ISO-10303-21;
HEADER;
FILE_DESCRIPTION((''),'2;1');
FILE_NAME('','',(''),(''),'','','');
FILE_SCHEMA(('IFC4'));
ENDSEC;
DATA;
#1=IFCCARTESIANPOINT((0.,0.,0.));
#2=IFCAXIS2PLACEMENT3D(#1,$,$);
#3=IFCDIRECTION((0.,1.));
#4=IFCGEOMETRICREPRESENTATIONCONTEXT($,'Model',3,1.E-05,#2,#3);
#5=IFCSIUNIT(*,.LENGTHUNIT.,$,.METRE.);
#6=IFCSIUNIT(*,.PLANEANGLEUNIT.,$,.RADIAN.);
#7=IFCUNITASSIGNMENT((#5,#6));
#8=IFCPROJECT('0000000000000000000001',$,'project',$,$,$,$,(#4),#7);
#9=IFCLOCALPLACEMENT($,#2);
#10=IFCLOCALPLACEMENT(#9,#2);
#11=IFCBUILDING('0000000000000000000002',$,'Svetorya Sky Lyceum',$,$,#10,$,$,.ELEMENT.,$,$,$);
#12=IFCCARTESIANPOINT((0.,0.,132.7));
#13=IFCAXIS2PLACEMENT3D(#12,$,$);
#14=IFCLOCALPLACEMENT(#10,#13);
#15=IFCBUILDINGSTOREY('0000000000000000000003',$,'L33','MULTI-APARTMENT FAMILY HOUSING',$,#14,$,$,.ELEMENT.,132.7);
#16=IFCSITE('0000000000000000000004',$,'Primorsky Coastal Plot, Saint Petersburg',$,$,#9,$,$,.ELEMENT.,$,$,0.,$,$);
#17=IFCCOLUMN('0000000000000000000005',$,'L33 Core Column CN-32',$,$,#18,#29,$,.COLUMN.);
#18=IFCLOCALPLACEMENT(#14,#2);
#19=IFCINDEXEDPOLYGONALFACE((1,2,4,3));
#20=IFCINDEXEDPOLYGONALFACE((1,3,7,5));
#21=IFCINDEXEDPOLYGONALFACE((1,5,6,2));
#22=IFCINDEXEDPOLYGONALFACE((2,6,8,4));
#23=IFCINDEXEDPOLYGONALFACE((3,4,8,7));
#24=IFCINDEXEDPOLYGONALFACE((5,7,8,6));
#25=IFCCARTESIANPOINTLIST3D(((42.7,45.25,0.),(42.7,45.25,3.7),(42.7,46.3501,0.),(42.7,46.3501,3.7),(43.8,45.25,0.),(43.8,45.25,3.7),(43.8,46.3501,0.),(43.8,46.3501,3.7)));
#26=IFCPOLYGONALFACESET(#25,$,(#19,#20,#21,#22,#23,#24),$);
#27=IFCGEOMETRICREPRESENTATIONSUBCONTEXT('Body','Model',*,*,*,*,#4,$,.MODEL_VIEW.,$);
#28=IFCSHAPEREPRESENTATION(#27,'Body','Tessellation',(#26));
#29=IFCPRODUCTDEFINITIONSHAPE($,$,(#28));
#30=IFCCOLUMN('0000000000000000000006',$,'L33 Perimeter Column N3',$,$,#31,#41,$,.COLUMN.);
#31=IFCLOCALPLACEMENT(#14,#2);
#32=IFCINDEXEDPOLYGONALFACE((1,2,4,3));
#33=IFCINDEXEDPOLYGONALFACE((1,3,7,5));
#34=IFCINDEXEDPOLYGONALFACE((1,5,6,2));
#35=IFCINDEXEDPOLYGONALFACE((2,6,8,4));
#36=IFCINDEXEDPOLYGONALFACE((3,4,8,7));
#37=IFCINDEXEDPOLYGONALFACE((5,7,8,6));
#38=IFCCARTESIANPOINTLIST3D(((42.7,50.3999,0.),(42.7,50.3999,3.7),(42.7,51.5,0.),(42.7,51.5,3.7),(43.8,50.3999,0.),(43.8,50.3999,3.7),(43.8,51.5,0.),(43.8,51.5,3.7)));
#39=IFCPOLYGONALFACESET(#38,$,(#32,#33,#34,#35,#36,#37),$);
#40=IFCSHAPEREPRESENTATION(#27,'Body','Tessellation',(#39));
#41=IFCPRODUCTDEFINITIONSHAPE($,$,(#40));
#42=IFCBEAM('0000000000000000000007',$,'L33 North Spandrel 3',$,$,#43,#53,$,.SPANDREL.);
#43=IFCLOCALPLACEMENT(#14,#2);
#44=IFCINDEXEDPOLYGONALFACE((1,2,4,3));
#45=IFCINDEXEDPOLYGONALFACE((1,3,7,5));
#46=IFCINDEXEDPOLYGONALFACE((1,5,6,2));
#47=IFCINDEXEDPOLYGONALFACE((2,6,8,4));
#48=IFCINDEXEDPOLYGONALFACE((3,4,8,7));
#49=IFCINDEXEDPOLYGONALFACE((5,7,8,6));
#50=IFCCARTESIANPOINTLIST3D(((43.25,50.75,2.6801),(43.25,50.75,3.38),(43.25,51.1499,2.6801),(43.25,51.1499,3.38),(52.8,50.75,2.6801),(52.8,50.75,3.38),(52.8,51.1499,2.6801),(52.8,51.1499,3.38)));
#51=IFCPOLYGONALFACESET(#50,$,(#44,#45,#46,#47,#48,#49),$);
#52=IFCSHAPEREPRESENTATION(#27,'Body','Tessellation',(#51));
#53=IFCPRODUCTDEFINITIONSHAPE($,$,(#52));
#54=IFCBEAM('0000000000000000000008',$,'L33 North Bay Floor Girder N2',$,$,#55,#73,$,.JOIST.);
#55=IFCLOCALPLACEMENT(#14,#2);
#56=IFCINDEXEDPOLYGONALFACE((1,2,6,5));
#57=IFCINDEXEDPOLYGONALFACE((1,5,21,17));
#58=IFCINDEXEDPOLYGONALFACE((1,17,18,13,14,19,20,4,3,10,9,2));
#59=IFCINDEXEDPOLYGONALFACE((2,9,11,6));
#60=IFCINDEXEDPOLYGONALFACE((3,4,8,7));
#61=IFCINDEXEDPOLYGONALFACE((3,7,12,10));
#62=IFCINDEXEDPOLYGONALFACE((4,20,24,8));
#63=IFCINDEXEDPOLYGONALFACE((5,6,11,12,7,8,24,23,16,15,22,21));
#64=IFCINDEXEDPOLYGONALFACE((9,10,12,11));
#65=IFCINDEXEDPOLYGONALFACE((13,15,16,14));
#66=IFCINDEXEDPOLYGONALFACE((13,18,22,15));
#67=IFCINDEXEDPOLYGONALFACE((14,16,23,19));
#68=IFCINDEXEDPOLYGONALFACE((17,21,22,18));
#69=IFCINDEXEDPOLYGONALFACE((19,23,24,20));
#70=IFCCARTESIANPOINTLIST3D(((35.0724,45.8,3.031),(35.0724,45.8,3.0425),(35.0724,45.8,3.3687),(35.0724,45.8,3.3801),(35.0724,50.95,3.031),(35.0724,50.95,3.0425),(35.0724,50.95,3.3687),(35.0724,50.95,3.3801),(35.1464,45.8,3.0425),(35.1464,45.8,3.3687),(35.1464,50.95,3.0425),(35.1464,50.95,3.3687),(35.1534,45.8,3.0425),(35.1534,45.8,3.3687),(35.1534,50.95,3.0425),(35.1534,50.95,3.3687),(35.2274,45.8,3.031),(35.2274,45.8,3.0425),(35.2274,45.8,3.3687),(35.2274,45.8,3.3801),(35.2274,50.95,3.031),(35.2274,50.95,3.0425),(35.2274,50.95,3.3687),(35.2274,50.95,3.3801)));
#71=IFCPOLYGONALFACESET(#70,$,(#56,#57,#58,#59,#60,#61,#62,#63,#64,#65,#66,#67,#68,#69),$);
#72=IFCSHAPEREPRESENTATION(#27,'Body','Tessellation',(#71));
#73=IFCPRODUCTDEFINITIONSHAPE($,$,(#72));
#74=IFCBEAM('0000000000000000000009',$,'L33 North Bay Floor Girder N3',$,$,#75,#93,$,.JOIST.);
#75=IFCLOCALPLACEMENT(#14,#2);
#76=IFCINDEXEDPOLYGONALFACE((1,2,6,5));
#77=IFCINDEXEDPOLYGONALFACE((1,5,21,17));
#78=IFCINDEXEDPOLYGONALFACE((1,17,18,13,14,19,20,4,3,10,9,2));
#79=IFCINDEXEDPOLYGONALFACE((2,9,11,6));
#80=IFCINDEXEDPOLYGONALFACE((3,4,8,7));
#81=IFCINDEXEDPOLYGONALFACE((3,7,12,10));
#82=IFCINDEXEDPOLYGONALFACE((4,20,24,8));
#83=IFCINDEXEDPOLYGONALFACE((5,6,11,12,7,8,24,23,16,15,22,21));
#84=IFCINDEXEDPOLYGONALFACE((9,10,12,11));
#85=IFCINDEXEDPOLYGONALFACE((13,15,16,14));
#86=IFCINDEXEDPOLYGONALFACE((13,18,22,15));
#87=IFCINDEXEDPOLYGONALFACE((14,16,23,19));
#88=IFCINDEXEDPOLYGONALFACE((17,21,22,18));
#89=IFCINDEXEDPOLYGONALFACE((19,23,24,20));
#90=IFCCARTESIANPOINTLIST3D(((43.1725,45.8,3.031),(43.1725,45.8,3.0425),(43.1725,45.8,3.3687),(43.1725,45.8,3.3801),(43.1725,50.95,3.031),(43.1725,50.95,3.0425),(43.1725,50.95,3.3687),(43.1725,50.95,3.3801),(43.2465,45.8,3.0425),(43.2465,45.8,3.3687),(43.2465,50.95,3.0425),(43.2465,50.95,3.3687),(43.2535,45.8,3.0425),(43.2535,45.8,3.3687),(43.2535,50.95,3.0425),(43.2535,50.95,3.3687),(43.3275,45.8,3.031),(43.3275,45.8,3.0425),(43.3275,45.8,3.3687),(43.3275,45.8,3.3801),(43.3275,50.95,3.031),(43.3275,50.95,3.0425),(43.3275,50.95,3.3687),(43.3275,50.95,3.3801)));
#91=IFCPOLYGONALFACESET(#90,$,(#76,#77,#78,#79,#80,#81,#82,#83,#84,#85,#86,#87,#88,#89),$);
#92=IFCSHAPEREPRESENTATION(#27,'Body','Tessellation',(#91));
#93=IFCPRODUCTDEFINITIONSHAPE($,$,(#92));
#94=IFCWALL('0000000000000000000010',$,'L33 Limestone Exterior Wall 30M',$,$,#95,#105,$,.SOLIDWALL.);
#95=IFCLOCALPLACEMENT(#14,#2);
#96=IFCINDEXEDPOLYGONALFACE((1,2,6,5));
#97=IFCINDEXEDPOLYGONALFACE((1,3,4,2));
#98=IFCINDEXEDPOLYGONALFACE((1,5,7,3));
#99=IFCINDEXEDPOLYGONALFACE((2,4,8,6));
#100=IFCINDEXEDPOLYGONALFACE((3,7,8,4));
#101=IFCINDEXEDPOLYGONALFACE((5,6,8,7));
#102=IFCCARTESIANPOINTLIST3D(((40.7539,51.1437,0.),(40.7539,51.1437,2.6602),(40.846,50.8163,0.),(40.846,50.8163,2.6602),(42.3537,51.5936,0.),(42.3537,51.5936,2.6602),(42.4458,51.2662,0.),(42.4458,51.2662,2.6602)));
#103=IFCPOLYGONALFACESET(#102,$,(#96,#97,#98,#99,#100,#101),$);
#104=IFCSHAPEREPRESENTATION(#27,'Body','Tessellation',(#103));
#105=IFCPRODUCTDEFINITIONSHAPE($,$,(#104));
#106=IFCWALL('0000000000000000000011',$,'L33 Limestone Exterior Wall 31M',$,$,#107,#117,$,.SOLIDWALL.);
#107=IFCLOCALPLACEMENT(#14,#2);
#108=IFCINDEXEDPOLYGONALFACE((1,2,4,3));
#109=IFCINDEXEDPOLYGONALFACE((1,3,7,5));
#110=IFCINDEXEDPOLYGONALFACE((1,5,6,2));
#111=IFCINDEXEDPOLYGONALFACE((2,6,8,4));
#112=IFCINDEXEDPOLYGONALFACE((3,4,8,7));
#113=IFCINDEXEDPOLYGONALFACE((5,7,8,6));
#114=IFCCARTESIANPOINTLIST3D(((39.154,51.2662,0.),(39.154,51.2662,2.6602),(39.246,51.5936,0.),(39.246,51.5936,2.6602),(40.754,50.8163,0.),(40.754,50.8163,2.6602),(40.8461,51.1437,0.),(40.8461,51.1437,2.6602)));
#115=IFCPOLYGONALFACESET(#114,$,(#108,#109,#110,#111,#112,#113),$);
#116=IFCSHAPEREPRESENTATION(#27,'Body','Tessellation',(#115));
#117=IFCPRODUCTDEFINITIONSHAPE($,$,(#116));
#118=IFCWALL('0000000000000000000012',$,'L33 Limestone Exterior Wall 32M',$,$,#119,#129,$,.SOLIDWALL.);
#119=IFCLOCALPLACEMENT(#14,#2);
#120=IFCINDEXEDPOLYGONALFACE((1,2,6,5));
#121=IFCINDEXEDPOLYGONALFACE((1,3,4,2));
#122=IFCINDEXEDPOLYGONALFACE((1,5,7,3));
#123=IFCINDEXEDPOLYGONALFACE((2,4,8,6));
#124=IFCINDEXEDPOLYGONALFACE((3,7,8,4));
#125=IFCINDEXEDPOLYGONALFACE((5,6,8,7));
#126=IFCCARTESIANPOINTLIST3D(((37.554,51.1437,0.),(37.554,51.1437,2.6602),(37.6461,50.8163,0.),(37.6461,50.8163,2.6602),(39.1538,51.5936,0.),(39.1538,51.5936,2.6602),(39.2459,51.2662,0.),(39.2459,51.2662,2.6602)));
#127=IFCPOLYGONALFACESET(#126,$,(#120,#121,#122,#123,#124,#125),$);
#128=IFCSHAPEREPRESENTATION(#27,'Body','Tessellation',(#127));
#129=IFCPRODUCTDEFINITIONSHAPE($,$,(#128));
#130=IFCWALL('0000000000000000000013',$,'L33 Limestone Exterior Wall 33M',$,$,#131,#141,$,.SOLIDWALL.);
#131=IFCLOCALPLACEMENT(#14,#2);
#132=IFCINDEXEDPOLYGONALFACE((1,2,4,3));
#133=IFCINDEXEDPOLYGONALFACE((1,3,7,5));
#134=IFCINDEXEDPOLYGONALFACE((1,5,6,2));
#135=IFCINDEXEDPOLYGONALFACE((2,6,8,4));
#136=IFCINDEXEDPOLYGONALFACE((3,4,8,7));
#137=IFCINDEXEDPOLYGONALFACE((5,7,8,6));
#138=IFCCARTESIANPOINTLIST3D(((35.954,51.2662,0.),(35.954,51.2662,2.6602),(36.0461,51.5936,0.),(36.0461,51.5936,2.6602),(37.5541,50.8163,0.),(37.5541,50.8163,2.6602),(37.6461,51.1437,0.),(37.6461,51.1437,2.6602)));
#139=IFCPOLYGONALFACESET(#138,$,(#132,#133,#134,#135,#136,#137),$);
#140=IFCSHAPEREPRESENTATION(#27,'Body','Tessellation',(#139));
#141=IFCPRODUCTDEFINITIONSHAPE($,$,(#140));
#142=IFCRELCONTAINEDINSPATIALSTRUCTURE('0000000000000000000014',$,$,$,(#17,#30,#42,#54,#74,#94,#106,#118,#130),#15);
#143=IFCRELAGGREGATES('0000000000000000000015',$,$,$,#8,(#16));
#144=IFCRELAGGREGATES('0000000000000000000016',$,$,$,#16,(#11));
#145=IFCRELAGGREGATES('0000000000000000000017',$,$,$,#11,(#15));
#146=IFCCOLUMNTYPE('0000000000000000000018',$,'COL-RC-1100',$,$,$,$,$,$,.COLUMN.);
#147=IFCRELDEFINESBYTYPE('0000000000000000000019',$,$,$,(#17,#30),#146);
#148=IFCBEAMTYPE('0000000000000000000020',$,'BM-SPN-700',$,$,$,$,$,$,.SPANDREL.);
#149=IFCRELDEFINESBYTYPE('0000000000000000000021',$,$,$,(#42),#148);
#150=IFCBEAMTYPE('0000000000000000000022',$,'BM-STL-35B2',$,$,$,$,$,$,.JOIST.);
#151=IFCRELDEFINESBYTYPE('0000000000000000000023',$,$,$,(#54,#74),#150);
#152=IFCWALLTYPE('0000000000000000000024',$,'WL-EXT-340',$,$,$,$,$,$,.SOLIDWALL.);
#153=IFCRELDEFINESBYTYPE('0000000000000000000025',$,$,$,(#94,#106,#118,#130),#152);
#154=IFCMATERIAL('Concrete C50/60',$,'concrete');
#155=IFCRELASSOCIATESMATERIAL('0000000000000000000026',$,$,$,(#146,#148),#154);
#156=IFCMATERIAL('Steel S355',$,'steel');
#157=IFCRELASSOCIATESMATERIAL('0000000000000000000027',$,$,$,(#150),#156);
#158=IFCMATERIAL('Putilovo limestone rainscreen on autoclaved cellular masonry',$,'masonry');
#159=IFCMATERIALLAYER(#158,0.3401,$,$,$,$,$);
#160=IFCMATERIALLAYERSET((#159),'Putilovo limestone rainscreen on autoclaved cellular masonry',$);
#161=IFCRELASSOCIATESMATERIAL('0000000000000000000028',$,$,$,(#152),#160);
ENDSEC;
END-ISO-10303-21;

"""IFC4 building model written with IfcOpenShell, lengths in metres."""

from ifc_helpers import new_model, si_unit, direction, frame, frame_2d, origin, origin_2d, place, context, subcontext, project, spatial, rectangle, i_section, extrude, material, layer, layer_set, material_profile, profile_set, type_object, element, save


model = new_model("IFC4")

# Units and contexts
model_context = context("Model", 3, precision=1e-05, world=origin(), true_north=direction((0.0, 1.0)))
body_context = subcontext(model_context, "Body", "Model", "MODEL_VIEW")
ifc_project = project(units=[si_unit("LENGTHUNIT", "METRE"), si_unit("PLANEANGLEUNIT", "RADIAN")], contexts=[model_context])

# Site, building, storey
site_placement = place(None, origin())
site = spatial("IfcSite", under=ifc_project, at=site_placement, Name="Primorsky Coastal Plot, Saint Petersburg", CompositionType="ELEMENT", RefElevation=0.0)
building_placement = place(site_placement, origin())
building = spatial("IfcBuilding", under=site, at=building_placement, Name="Svetorya Sky Lyceum", CompositionType="ELEMENT")
storey_placement = place(building_placement, frame((0.0, 0.0, 132.7)))
storey = spatial("IfcBuildingStorey", under=building, at=storey_placement, Name="L33", Description="MULTI-APARTMENT FAMILY HOUSING", CompositionType="ELEMENT", Elevation=132.7)

# Columns
ifc_material_1 = material(Name="Concrete C50/60", Category="concrete")
ifc_material_profile_1 = material_profile(ifc_material_1, rectangle(XDim=1.1001, YDim=1.1001, at=origin_2d()), Name="RC COL 1100x1100")
ifc_profile_set_1 = profile_set([ifc_material_profile_1], Name="Concrete C50/60")
column_type = type_object("IfcColumnType", Name="COL-RC-1100", PredefinedType="COLUMN", material=ifc_profile_set_1)
for number, where, z_axis, x_axis, name in (
    (1, (43.25, 45.8, 0.0), (0.0, 0.0, 1.0), (1.0, 0.0, 0.0), "L33 Core Column CN-32"),
    (2, (43.25, 50.95, 0.0), (0.0, 0.0, 1.0), (1.0, 0.0, 0.0), "L33 Perimeter Column N3"),
):
    element("IfcColumn", number, at=place(storey_placement, frame(where, z_axis=z_axis, x_axis=x_axis)), inside=storey, type_object=column_type, Name=name, PredefinedType="COLUMN", context=body_context, shape_type="SweptSolid", body=[
        extrude(rectangle(XDim=1.1001, YDim=1.1001, at=origin_2d()), origin(), (0.0, 0.0, 1.0), 3.7),
    ])

# Beams
ifc_material_profile_2 = material_profile(ifc_material_1, rectangle(XDim=0.3999, YDim=0.7, at=origin_2d()), Name="RC SPANDREL 400x700")
ifc_profile_set_2 = profile_set([ifc_material_profile_2], Name="Concrete C50/60")
beam_type_1 = type_object("IfcBeamType", Name="BM-SPN-700", PredefinedType="SPANDREL", material=ifc_profile_set_2)
beam_placement = place(storey_placement, frame((43.25, 50.95, 3.03), z_axis=(1.0, 0.0, 0.0), x_axis=(0.0, 1.0, 0.0)))
element("IfcBeam", 3, at=beam_placement, inside=storey, type_object=beam_type_1, Name="L33 North Spandrel 3", PredefinedType="SPANDREL", context=body_context, shape_type="SweptSolid", body=[
    extrude(rectangle(XDim=0.3999, YDim=0.7, at=origin_2d()), origin(), (0.0, 0.0, 1.0), 9.55),
])
ifc_material_2 = material(Name="Steel S355", Category="steel")
ifc_material_profile_3 = material_profile(ifc_material_2, i_section(OverallWidth=0.155, OverallDepth=0.3491, WebThickness=0.0071, FlangeThickness=0.0115, at=origin_2d()), Name="GOST 35B2")
ifc_profile_set_3 = profile_set([ifc_material_profile_3], Name="Steel S355")
beam_type_2 = type_object("IfcBeamType", Name="BM-STL-35B2", PredefinedType="JOIST", material=ifc_profile_set_3)
for number, where, z_axis, x_axis, name in (
    (4, (35.1499, 45.8, 3.2056), (0.0, 1.0, 0.0), (-1.0, 0.0, 0.0), "L33 North Bay Floor Girder N2"),
    (5, (43.25, 45.8, 3.2056), (0.0, 1.0, 0.0), (-1.0, 0.0, 0.0), "L33 North Bay Floor Girder N3"),
):
    element("IfcBeam", number, at=place(storey_placement, frame(where, z_axis=z_axis, x_axis=x_axis)), inside=storey, type_object=beam_type_2, Name=name, PredefinedType="JOIST", context=body_context, shape_type="SweptSolid", body=[
        extrude(i_section(OverallWidth=0.155, OverallDepth=0.3491, WebThickness=0.0071, FlangeThickness=0.0115, at=origin_2d()), origin(), (0.0, 0.0, 1.0), 5.1499),
    ])

# Walls
ifc_material_3 = material(Name="Putilovo limestone rainscreen on autoclaved cellular masonry", Category="masonry")
ifc_layer_1 = layer(ifc_material_3, 0.3401)
ifc_layer_set_1 = layer_set([ifc_layer_1], Name="Putilovo limestone rainscreen on autoclaved cellular masonry")
wall_type_1 = type_object("IfcWallType", Name="WL-EXT-340", PredefinedType="SOLIDWALL", material=ifc_layer_set_1)
wall_1_placement = place(storey_placement, frame((42.3999, 51.4299, 0.0), z_axis=(0.0, 0.0, 1.0), x_axis=(-0.962652, -0.270741, 0.0)))
element("IfcWall", 6, at=wall_1_placement, inside=storey, type_object=wall_type_1, Name="L33 Limestone Exterior Wall 30M", PredefinedType="SOLIDWALL", context=body_context, shape_type="SweptSolid", body=[
    extrude(rectangle(XDim=1.6619, YDim=0.3401, at=frame_2d((0.8311, 0.0))), origin(), (0.0, 0.0, 1.0), 2.6602),
])
wall_2_placement = place(storey_placement, frame((40.8, 50.98, 0.0), z_axis=(0.0, 0.0, 1.0), x_axis=(-0.962663, 0.270703, 0.0)))
element("IfcWall", 7, at=wall_2_placement, inside=storey, type_object=wall_type_1, Name="L33 Limestone Exterior Wall 31M", PredefinedType="SOLIDWALL", context=body_context, shape_type="SweptSolid", body=[
    extrude(rectangle(XDim=1.6621, YDim=0.3401, at=frame_2d((0.8311, 0.0))), origin(), (0.0, 0.0, 1.0), 2.6602),
])
wall_3_placement = place(storey_placement, frame((39.2, 51.4299, 0.0), z_axis=(0.0, 0.0, 1.0), x_axis=(-0.962652, -0.270741, 0.0)))
element("IfcWall", 8, at=wall_3_placement, inside=storey, type_object=wall_type_1, Name="L33 Limestone Exterior Wall 32M", PredefinedType="SOLIDWALL", context=body_context, shape_type="SweptSolid", body=[
    extrude(rectangle(XDim=1.6619, YDim=0.3401, at=frame_2d((0.8311, 0.0))), origin(), (0.0, 0.0, 1.0), 2.6602),
])
wall_4_placement = place(storey_placement, frame((37.6001, 50.98, 0.0), z_axis=(0.0, 0.0, 1.0), x_axis=(-0.962663, 0.270703, 0.0)))
element("IfcWall", 9, at=wall_4_placement, inside=storey, type_object=wall_type_1, Name="L33 Limestone Exterior Wall 33M", PredefinedType="SOLIDWALL", context=body_context, shape_type="SweptSolid", body=[
    extrude(rectangle(XDim=1.6621, YDim=0.3401, at=frame_2d((0.8311, 0.0))), origin(), (0.0, 0.0, 1.0), 2.6602),
])

save(model, "model.ifc")
